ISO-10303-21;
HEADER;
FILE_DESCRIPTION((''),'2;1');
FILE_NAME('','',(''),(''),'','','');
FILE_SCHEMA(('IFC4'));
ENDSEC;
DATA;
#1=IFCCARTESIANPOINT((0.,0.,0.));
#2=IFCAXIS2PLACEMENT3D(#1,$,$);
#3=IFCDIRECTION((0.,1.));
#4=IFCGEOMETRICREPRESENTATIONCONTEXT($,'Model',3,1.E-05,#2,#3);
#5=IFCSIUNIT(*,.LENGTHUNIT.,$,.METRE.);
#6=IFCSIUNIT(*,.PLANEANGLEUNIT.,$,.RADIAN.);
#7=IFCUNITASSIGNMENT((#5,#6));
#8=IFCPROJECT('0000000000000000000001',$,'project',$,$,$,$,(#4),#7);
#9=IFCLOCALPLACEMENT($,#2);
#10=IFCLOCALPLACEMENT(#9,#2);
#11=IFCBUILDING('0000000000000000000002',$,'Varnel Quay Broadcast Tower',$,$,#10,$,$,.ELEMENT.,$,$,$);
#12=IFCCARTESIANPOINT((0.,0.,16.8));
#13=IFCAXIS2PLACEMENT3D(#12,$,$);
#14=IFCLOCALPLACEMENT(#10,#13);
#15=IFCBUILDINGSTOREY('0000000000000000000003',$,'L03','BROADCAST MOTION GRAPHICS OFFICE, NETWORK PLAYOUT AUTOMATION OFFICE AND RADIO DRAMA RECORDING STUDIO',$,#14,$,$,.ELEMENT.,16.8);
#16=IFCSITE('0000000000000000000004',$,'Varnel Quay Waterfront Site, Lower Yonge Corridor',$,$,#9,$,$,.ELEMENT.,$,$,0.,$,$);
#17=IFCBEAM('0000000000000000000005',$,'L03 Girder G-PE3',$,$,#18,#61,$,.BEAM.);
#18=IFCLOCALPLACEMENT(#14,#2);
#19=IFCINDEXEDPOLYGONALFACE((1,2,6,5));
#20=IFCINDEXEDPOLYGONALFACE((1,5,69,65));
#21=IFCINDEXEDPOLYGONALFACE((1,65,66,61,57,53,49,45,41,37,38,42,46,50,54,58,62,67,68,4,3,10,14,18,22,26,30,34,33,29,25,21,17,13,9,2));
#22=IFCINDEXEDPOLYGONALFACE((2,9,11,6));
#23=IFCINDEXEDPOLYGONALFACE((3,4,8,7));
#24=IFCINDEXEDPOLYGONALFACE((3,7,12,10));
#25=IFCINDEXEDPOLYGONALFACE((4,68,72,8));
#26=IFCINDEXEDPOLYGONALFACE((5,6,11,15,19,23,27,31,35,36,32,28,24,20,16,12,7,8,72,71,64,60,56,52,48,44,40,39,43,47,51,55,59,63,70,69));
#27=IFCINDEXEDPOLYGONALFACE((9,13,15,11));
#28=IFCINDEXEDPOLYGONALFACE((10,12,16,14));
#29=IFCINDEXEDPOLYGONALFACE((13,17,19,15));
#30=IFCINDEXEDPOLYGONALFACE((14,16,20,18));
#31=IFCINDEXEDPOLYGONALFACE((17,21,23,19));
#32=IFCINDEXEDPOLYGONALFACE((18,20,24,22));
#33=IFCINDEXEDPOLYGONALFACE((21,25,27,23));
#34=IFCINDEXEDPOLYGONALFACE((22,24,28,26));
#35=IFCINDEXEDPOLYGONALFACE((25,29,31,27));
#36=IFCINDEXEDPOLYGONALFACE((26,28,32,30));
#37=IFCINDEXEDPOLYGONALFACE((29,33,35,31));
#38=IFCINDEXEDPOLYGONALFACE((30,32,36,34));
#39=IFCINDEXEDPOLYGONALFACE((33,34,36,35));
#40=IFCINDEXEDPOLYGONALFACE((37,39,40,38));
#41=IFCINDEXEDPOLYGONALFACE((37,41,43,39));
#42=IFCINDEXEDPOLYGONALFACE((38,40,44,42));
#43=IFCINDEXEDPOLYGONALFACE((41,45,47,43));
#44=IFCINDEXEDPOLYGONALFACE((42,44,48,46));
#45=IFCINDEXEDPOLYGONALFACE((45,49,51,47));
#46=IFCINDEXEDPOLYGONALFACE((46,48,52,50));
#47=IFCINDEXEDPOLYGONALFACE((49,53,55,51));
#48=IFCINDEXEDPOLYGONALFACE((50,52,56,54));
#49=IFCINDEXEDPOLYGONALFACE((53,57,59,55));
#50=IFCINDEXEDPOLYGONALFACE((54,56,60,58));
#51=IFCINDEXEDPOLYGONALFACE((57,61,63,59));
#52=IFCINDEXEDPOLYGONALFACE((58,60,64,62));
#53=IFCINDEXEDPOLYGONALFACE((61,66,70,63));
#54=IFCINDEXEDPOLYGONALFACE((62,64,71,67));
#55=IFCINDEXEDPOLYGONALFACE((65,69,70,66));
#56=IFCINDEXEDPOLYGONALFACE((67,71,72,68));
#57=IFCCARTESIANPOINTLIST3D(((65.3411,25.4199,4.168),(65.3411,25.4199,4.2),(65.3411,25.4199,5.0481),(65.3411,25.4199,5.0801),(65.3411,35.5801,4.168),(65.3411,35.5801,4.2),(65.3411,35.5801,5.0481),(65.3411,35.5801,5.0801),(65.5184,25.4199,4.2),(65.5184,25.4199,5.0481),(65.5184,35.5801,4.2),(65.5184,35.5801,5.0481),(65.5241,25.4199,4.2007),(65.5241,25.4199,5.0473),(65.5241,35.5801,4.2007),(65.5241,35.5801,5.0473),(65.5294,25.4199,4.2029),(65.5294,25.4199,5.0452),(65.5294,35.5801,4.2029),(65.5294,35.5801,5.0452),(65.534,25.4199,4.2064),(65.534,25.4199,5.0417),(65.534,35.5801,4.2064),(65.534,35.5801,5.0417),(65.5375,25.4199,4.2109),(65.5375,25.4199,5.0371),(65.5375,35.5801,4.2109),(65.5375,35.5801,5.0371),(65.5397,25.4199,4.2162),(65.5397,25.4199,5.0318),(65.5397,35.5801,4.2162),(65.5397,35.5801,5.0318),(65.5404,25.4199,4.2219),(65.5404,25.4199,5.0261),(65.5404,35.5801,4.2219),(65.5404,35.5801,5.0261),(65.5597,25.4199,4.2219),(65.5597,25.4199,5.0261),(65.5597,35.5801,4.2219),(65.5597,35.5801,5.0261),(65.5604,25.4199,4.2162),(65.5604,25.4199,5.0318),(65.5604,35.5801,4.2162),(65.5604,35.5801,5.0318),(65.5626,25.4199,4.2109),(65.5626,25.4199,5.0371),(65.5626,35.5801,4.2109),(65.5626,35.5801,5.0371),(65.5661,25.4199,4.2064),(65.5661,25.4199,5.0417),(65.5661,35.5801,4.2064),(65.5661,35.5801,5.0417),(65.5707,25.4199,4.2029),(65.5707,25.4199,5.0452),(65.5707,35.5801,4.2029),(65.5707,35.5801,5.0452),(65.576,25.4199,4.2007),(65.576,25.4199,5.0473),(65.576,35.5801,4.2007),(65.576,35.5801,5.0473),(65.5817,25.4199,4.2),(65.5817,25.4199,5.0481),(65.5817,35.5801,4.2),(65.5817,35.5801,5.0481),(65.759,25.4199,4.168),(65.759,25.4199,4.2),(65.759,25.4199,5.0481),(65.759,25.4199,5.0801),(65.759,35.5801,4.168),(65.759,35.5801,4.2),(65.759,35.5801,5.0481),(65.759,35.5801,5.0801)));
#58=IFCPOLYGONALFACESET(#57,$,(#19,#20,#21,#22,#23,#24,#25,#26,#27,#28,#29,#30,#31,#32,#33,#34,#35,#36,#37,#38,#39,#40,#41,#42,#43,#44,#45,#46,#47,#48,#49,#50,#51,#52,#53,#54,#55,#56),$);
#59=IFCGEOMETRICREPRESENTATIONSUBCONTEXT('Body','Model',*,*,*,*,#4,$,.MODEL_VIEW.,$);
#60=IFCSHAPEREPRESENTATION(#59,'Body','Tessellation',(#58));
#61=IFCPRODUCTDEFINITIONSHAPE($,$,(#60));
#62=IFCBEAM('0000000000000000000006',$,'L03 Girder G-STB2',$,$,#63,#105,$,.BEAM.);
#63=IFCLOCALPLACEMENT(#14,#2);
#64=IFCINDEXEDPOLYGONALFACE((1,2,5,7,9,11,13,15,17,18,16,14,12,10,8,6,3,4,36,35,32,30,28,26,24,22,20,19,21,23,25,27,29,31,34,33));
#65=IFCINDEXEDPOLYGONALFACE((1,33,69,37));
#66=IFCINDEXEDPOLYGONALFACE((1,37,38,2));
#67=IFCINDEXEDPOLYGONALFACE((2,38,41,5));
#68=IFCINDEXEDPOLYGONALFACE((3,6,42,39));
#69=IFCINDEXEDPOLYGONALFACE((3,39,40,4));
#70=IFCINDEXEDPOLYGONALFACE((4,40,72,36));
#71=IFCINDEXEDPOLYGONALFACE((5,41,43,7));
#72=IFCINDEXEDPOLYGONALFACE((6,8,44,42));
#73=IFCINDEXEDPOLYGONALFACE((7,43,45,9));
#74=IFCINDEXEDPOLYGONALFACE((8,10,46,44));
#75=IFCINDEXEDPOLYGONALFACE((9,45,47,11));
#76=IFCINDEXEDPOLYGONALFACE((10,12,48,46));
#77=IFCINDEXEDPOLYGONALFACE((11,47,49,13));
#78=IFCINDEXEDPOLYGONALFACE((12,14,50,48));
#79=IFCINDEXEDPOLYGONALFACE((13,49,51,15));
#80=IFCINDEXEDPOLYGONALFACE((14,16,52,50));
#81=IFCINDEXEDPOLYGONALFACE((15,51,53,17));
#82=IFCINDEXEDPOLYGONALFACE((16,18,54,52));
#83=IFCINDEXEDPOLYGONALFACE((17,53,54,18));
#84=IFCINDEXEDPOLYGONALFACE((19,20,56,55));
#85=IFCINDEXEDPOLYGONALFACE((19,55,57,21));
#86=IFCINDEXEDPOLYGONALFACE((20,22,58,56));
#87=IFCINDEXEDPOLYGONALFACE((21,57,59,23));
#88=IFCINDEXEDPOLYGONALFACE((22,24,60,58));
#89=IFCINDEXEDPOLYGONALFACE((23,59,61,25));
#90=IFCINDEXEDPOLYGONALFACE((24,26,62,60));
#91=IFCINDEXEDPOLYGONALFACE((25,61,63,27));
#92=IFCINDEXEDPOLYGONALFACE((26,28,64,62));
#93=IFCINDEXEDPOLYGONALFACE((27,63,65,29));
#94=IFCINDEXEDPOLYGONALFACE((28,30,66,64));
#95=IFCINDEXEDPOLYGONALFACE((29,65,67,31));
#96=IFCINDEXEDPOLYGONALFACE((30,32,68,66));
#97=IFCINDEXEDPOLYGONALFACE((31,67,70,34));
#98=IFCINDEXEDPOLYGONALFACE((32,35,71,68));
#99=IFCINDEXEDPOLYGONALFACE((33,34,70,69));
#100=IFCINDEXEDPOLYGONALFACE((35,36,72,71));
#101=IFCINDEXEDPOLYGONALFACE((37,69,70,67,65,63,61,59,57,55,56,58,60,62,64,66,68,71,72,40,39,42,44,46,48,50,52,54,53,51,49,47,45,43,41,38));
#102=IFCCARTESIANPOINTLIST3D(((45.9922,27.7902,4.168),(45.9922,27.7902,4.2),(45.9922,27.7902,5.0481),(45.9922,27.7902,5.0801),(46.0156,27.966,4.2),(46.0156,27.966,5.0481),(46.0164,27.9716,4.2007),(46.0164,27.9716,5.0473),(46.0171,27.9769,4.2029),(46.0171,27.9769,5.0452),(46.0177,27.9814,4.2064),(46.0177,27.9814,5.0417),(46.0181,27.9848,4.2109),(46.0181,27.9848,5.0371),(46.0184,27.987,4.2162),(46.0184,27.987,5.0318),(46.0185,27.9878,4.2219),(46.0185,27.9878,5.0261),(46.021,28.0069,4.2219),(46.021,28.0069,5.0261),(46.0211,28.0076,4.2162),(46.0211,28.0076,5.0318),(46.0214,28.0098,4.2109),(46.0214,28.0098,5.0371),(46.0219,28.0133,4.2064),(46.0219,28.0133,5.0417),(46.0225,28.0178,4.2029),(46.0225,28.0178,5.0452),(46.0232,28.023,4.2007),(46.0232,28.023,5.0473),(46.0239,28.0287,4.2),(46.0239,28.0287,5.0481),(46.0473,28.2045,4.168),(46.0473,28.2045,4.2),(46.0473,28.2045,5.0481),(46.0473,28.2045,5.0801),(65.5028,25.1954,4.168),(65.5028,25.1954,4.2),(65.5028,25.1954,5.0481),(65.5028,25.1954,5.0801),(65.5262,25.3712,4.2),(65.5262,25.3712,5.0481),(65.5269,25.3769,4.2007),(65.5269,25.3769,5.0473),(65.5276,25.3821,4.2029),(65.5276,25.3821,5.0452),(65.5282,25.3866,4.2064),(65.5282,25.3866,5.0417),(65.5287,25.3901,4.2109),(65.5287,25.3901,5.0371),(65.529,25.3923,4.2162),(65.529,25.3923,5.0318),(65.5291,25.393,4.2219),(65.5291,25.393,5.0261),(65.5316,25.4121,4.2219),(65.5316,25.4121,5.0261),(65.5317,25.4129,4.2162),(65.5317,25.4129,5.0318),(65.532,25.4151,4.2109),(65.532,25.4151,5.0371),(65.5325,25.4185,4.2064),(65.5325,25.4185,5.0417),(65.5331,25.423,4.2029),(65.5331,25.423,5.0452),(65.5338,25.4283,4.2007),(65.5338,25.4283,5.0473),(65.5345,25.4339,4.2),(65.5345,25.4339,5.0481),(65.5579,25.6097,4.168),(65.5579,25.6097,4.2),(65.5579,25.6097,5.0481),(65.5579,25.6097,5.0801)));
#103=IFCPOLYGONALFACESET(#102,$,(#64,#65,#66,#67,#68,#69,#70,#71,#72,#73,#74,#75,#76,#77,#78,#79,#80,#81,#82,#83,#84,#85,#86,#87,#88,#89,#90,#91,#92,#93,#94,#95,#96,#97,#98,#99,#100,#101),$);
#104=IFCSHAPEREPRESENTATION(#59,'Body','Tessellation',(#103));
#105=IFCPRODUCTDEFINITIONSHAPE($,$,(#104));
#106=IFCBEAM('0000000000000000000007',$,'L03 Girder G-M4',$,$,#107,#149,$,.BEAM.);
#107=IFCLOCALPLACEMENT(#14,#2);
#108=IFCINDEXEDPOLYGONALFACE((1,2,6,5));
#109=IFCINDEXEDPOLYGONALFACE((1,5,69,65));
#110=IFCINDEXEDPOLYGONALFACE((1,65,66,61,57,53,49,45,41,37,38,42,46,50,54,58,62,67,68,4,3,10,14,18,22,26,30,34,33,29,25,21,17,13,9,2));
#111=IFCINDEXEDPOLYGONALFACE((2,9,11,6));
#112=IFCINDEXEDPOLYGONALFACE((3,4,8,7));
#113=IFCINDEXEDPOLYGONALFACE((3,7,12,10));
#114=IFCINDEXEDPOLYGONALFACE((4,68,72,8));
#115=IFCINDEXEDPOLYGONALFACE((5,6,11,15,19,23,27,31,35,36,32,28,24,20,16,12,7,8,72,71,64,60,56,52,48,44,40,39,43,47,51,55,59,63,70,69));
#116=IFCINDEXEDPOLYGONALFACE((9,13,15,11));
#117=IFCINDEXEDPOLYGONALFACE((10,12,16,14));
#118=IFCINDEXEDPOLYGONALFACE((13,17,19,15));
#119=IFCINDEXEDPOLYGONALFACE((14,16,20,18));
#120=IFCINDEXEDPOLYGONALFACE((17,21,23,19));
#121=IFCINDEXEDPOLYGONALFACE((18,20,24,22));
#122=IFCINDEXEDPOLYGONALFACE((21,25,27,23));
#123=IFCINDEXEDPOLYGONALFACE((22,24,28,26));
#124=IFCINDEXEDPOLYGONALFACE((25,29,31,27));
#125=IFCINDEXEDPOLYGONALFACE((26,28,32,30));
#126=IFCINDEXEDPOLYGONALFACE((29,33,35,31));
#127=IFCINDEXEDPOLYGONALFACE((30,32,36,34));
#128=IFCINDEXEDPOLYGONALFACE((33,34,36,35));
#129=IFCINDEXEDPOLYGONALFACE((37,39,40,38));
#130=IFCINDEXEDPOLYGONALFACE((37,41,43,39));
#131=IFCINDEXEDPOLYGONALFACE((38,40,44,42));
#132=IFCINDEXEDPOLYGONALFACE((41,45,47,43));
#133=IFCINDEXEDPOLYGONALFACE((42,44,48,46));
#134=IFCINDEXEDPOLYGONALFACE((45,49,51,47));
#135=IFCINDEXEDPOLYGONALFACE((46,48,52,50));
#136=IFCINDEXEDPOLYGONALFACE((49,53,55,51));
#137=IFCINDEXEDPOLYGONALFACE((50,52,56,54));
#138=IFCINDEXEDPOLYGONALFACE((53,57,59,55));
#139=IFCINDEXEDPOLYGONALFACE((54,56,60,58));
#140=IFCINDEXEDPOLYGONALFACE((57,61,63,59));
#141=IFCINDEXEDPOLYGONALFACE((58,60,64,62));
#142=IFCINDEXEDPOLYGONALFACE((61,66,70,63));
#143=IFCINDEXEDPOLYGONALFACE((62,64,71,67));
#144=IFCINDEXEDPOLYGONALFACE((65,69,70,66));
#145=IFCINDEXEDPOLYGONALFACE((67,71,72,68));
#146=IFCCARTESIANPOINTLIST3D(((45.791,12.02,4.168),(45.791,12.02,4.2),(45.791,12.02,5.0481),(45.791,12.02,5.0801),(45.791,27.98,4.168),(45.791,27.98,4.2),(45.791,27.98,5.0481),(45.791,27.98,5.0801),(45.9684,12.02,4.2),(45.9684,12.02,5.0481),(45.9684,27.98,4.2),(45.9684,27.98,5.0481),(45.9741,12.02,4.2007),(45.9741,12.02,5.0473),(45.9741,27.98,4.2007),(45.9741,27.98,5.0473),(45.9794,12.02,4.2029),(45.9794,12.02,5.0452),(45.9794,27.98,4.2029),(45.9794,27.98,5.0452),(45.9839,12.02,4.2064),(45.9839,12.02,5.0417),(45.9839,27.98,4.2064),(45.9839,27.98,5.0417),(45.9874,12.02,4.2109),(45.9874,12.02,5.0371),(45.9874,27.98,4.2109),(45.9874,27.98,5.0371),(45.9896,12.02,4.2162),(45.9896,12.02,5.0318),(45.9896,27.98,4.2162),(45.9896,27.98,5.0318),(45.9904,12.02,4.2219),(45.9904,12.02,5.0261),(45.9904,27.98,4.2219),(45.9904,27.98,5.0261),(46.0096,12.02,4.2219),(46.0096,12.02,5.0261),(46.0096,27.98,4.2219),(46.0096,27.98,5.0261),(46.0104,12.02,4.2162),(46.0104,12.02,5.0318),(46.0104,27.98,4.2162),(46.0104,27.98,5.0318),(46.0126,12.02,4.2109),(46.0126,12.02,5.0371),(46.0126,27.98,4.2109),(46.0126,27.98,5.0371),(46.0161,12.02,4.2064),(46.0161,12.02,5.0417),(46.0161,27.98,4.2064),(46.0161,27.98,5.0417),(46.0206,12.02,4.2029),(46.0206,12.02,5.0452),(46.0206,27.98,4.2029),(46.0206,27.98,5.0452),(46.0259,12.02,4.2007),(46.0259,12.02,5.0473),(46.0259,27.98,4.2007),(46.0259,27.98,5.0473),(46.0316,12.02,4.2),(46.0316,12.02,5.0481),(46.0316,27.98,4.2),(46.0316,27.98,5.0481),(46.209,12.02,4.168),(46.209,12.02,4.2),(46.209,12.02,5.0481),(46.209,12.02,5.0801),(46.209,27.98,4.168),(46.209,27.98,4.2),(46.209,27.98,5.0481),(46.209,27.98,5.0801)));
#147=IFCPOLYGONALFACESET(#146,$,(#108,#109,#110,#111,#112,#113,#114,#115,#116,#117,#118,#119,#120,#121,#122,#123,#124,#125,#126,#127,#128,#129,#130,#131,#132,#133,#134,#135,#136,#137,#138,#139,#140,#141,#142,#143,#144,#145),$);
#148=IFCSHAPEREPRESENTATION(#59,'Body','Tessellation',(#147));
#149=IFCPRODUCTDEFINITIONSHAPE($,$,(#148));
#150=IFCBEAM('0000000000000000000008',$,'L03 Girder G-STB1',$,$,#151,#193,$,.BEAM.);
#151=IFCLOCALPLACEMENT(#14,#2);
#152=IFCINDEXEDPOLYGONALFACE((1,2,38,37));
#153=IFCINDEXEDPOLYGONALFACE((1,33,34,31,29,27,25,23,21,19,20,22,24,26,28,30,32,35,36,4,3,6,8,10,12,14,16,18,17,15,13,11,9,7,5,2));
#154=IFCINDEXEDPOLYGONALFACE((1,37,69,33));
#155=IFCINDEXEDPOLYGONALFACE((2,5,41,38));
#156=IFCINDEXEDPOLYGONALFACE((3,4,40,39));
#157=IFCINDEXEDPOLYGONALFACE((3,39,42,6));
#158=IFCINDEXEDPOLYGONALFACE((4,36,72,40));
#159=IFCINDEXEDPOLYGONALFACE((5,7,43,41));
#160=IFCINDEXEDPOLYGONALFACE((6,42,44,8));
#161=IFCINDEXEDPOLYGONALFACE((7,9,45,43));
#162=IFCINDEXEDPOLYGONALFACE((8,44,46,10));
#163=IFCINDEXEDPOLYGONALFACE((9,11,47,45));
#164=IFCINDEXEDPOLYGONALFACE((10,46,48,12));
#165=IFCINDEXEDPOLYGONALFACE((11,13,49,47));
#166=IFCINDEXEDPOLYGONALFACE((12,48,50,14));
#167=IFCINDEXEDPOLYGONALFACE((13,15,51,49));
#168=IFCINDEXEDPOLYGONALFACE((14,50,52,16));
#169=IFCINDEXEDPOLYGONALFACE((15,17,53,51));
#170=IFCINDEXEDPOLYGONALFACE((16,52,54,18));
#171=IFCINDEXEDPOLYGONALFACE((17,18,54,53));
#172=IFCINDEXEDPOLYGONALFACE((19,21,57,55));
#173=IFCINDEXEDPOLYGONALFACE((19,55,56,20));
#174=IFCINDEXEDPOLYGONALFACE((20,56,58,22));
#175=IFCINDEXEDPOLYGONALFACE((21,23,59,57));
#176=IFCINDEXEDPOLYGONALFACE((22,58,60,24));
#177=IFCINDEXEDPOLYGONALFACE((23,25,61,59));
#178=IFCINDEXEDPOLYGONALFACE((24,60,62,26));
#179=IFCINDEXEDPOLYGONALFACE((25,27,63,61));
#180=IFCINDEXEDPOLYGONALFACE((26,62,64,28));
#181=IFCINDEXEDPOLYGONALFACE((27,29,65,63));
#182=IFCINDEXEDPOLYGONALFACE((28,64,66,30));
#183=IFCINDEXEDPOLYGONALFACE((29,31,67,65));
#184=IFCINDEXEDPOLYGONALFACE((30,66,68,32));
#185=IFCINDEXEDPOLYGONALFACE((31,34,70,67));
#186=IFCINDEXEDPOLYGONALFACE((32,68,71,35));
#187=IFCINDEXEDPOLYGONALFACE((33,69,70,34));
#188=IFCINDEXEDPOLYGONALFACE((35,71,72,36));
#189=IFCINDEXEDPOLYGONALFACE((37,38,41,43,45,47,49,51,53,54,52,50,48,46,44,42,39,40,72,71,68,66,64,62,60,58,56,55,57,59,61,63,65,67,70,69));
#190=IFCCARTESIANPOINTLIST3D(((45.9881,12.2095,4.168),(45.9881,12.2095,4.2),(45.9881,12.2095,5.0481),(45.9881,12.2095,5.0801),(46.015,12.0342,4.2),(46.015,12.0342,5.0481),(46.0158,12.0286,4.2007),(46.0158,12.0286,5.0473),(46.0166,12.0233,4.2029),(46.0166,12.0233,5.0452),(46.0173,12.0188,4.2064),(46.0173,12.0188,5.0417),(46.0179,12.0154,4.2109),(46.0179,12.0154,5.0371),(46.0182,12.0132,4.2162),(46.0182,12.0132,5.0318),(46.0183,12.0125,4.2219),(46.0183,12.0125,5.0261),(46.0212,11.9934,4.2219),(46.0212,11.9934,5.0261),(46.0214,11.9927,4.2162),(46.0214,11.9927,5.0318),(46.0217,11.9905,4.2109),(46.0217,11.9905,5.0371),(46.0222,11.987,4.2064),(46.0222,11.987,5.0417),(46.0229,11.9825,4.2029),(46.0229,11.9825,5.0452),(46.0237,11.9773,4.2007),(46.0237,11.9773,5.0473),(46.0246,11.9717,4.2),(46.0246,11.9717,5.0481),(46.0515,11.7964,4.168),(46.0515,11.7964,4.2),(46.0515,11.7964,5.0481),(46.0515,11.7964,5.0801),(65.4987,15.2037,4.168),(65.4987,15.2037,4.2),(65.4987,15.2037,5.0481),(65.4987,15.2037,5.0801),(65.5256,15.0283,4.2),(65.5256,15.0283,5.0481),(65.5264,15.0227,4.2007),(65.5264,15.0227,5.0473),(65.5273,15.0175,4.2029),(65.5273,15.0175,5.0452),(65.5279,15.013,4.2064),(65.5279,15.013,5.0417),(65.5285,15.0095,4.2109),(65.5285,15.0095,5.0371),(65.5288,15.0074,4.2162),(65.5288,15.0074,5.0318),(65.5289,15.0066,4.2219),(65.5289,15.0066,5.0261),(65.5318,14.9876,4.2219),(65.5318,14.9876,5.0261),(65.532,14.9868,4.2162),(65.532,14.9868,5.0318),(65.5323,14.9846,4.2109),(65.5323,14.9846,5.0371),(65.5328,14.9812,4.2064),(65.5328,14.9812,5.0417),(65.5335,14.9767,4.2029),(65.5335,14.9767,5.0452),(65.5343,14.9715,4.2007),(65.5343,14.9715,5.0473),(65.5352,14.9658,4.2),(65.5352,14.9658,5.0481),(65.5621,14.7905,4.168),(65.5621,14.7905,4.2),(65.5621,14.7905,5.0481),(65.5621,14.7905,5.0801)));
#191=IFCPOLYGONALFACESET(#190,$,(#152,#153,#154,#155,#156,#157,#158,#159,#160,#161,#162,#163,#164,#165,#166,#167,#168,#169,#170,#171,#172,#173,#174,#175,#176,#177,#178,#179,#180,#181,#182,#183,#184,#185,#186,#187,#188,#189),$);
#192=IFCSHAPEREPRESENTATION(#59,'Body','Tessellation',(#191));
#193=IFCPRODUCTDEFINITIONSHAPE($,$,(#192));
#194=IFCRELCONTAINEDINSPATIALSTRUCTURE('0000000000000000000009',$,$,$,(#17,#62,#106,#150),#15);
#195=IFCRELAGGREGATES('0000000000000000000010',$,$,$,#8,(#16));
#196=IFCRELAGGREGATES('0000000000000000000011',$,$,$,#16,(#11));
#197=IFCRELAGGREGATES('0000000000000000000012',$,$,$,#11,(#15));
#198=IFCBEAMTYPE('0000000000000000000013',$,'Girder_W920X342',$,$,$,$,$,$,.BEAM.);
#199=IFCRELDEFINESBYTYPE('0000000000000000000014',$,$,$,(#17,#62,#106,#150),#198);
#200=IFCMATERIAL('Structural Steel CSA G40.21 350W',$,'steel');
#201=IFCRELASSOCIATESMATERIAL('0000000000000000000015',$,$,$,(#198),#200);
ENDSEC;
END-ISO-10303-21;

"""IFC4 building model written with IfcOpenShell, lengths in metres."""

from ifc_helpers import new_model, si_unit, direction, frame, origin, origin_2d, place, context, subcontext, project, spatial, i_section, extrude, source, transform, mapped, material, material_profile, profile_set, type_object, element, save


model = new_model("IFC4")

# Units and contexts
model_context = context("Model", 3, precision=1e-05, world=origin(), true_north=direction((0.0, 1.0)))
body_context = subcontext(model_context, "Body", "Model", "MODEL_VIEW")
ifc_project = project(units=[si_unit("LENGTHUNIT", "METRE"), si_unit("PLANEANGLEUNIT", "RADIAN")], contexts=[model_context])

# Site, building, storey
site_placement = place(None, origin())
site = spatial("IfcSite", under=ifc_project, at=site_placement, Name="Varnel Quay Waterfront Site, Lower Yonge Corridor", CompositionType="ELEMENT", RefElevation=0.0)
building_placement = place(site_placement, origin())
building = spatial("IfcBuilding", under=site, at=building_placement, Name="Varnel Quay Broadcast Tower", CompositionType="ELEMENT")
storey_placement = place(building_placement, frame((0.0, 0.0, 16.8)))
storey = spatial("IfcBuildingStorey", under=building, at=storey_placement, Name="L03", Description="BROADCAST MOTION GRAPHICS OFFICE, NETWORK PLAYOUT AUTOMATION OFFICE AND RADIO DRAMA RECORDING STUDIO", CompositionType="ELEMENT", Elevation=16.8)

# Shared definitions
ifc_material_1 = material(Name="Structural Steel CSA G40.21 350W", Category="steel")

# Beams
ifc_material_profile_1 = material_profile(ifc_material_1, i_section(OverallWidth=0.418, OverallDepth=0.9121, WebThickness=0.0193, FlangeThickness=0.032, FilletRadius=0.022, at=origin_2d()), Name="W920X342")
ifc_profile_set_1 = profile_set([ifc_material_profile_1], Name="Structural Steel CSA G40.21 350W")
beam_type = type_object("IfcBeamType", Name="Girder_W920X342", PredefinedType="BEAM", material=ifc_profile_set_1)
shared_shape_1 = source(origin(), body_context, "Body", "SweptSolid", [
    extrude(i_section(OverallWidth=0.418, OverallDepth=0.9121, WebThickness=0.0193, FlangeThickness=0.032, FilletRadius=0.022, at=origin_2d()), origin(), (0.0, 0.0, 1.0), 10.1602),
])
beam_1_placement = place(storey_placement, frame((65.55, 25.4199, 4.624), z_axis=(0.0, 1.0, 0.0), x_axis=(-1.0, 0.0, 0.0)))
element("IfcBeam", 1, at=beam_1_placement, inside=storey, type_object=beam_type, Name="L03 Girder G-PE3", PredefinedType="BEAM", context=body_context, shape_type="MappedRepresentation", body=[
    mapped(shared_shape_1, transform((0.0, 0.0, 0.0), x_axis=(1.0, 0.0, 0.0), y_axis=(0.0, 1.0, 0.0), z_axis=(0.0, 0.0, 1.0), scale=1.0)),
])
shared_shape_2 = source(origin(), body_context, "Body", "SweptSolid", [
    extrude(i_section(OverallWidth=0.418, OverallDepth=0.9121, WebThickness=0.0193, FlangeThickness=0.032, FilletRadius=0.022, at=origin_2d()), origin(), (0.0, 0.0, 1.0), 19.6824),
])
beam_2_placement = place(storey_placement, frame((46.0198, 27.9973, 4.624), z_axis=(0.991272, -0.131831, 0.0), x_axis=(0.131831, 0.991272, 0.0)))
element("IfcBeam", 2, at=beam_2_placement, inside=storey, type_object=beam_type, Name="L03 Girder G-STB2", PredefinedType="BEAM", context=body_context, shape_type="MappedRepresentation", body=[
    mapped(shared_shape_2, transform((0.0, 0.0, 0.0), x_axis=(1.0, 0.0, 0.0), y_axis=(0.0, 1.0, 0.0), z_axis=(0.0, 0.0, 1.0), scale=1.0)),
])
shared_shape_3 = source(origin(), body_context, "Body", "SweptSolid", [
    extrude(i_section(OverallWidth=0.418, OverallDepth=0.9121, WebThickness=0.0193, FlangeThickness=0.032, FilletRadius=0.022, at=origin_2d()), origin(), (0.0, 0.0, 1.0), 15.96),
])
beam_3_placement = place(storey_placement, frame((46.0, 12.02, 4.624), z_axis=(0.0, 1.0, 0.0), x_axis=(-1.0, 0.0, 0.0)))
element("IfcBeam", 3, at=beam_3_placement, inside=storey, type_object=beam_type, Name="L03 Girder G-M4", PredefinedType="BEAM", context=body_context, shape_type="MappedRepresentation", body=[
    mapped(shared_shape_3, transform((0.0, 0.0, 0.0), x_axis=(1.0, 0.0, 0.0), y_axis=(0.0, 1.0, 0.0), z_axis=(0.0, 0.0, 1.0), scale=1.0)),
])
shared_shape_4 = source(origin(), body_context, "Body", "SweptSolid", [
    extrude(i_section(OverallWidth=0.418, OverallDepth=0.9121, WebThickness=0.0193, FlangeThickness=0.032, FilletRadius=0.022, at=origin_2d()), origin(), (0.0, 0.0, 1.0), 19.739),
])
beam_4_placement = place(storey_placement, frame((46.0198, 12.0029, 4.624), z_axis=(0.988429, 0.151687, 0.0), x_axis=(-0.151687, 0.988429, 0.0)))
element("IfcBeam", 4, at=beam_4_placement, inside=storey, type_object=beam_type, Name="L03 Girder G-STB1", PredefinedType="BEAM", context=body_context, shape_type="MappedRepresentation", body=[
    mapped(shared_shape_4, transform((0.0, 0.0, 0.0), x_axis=(1.0, 0.0, 0.0), y_axis=(0.0, 1.0, 0.0), z_axis=(0.0, 0.0, 1.0), scale=1.0)),
])

save(model, "model.ifc")
